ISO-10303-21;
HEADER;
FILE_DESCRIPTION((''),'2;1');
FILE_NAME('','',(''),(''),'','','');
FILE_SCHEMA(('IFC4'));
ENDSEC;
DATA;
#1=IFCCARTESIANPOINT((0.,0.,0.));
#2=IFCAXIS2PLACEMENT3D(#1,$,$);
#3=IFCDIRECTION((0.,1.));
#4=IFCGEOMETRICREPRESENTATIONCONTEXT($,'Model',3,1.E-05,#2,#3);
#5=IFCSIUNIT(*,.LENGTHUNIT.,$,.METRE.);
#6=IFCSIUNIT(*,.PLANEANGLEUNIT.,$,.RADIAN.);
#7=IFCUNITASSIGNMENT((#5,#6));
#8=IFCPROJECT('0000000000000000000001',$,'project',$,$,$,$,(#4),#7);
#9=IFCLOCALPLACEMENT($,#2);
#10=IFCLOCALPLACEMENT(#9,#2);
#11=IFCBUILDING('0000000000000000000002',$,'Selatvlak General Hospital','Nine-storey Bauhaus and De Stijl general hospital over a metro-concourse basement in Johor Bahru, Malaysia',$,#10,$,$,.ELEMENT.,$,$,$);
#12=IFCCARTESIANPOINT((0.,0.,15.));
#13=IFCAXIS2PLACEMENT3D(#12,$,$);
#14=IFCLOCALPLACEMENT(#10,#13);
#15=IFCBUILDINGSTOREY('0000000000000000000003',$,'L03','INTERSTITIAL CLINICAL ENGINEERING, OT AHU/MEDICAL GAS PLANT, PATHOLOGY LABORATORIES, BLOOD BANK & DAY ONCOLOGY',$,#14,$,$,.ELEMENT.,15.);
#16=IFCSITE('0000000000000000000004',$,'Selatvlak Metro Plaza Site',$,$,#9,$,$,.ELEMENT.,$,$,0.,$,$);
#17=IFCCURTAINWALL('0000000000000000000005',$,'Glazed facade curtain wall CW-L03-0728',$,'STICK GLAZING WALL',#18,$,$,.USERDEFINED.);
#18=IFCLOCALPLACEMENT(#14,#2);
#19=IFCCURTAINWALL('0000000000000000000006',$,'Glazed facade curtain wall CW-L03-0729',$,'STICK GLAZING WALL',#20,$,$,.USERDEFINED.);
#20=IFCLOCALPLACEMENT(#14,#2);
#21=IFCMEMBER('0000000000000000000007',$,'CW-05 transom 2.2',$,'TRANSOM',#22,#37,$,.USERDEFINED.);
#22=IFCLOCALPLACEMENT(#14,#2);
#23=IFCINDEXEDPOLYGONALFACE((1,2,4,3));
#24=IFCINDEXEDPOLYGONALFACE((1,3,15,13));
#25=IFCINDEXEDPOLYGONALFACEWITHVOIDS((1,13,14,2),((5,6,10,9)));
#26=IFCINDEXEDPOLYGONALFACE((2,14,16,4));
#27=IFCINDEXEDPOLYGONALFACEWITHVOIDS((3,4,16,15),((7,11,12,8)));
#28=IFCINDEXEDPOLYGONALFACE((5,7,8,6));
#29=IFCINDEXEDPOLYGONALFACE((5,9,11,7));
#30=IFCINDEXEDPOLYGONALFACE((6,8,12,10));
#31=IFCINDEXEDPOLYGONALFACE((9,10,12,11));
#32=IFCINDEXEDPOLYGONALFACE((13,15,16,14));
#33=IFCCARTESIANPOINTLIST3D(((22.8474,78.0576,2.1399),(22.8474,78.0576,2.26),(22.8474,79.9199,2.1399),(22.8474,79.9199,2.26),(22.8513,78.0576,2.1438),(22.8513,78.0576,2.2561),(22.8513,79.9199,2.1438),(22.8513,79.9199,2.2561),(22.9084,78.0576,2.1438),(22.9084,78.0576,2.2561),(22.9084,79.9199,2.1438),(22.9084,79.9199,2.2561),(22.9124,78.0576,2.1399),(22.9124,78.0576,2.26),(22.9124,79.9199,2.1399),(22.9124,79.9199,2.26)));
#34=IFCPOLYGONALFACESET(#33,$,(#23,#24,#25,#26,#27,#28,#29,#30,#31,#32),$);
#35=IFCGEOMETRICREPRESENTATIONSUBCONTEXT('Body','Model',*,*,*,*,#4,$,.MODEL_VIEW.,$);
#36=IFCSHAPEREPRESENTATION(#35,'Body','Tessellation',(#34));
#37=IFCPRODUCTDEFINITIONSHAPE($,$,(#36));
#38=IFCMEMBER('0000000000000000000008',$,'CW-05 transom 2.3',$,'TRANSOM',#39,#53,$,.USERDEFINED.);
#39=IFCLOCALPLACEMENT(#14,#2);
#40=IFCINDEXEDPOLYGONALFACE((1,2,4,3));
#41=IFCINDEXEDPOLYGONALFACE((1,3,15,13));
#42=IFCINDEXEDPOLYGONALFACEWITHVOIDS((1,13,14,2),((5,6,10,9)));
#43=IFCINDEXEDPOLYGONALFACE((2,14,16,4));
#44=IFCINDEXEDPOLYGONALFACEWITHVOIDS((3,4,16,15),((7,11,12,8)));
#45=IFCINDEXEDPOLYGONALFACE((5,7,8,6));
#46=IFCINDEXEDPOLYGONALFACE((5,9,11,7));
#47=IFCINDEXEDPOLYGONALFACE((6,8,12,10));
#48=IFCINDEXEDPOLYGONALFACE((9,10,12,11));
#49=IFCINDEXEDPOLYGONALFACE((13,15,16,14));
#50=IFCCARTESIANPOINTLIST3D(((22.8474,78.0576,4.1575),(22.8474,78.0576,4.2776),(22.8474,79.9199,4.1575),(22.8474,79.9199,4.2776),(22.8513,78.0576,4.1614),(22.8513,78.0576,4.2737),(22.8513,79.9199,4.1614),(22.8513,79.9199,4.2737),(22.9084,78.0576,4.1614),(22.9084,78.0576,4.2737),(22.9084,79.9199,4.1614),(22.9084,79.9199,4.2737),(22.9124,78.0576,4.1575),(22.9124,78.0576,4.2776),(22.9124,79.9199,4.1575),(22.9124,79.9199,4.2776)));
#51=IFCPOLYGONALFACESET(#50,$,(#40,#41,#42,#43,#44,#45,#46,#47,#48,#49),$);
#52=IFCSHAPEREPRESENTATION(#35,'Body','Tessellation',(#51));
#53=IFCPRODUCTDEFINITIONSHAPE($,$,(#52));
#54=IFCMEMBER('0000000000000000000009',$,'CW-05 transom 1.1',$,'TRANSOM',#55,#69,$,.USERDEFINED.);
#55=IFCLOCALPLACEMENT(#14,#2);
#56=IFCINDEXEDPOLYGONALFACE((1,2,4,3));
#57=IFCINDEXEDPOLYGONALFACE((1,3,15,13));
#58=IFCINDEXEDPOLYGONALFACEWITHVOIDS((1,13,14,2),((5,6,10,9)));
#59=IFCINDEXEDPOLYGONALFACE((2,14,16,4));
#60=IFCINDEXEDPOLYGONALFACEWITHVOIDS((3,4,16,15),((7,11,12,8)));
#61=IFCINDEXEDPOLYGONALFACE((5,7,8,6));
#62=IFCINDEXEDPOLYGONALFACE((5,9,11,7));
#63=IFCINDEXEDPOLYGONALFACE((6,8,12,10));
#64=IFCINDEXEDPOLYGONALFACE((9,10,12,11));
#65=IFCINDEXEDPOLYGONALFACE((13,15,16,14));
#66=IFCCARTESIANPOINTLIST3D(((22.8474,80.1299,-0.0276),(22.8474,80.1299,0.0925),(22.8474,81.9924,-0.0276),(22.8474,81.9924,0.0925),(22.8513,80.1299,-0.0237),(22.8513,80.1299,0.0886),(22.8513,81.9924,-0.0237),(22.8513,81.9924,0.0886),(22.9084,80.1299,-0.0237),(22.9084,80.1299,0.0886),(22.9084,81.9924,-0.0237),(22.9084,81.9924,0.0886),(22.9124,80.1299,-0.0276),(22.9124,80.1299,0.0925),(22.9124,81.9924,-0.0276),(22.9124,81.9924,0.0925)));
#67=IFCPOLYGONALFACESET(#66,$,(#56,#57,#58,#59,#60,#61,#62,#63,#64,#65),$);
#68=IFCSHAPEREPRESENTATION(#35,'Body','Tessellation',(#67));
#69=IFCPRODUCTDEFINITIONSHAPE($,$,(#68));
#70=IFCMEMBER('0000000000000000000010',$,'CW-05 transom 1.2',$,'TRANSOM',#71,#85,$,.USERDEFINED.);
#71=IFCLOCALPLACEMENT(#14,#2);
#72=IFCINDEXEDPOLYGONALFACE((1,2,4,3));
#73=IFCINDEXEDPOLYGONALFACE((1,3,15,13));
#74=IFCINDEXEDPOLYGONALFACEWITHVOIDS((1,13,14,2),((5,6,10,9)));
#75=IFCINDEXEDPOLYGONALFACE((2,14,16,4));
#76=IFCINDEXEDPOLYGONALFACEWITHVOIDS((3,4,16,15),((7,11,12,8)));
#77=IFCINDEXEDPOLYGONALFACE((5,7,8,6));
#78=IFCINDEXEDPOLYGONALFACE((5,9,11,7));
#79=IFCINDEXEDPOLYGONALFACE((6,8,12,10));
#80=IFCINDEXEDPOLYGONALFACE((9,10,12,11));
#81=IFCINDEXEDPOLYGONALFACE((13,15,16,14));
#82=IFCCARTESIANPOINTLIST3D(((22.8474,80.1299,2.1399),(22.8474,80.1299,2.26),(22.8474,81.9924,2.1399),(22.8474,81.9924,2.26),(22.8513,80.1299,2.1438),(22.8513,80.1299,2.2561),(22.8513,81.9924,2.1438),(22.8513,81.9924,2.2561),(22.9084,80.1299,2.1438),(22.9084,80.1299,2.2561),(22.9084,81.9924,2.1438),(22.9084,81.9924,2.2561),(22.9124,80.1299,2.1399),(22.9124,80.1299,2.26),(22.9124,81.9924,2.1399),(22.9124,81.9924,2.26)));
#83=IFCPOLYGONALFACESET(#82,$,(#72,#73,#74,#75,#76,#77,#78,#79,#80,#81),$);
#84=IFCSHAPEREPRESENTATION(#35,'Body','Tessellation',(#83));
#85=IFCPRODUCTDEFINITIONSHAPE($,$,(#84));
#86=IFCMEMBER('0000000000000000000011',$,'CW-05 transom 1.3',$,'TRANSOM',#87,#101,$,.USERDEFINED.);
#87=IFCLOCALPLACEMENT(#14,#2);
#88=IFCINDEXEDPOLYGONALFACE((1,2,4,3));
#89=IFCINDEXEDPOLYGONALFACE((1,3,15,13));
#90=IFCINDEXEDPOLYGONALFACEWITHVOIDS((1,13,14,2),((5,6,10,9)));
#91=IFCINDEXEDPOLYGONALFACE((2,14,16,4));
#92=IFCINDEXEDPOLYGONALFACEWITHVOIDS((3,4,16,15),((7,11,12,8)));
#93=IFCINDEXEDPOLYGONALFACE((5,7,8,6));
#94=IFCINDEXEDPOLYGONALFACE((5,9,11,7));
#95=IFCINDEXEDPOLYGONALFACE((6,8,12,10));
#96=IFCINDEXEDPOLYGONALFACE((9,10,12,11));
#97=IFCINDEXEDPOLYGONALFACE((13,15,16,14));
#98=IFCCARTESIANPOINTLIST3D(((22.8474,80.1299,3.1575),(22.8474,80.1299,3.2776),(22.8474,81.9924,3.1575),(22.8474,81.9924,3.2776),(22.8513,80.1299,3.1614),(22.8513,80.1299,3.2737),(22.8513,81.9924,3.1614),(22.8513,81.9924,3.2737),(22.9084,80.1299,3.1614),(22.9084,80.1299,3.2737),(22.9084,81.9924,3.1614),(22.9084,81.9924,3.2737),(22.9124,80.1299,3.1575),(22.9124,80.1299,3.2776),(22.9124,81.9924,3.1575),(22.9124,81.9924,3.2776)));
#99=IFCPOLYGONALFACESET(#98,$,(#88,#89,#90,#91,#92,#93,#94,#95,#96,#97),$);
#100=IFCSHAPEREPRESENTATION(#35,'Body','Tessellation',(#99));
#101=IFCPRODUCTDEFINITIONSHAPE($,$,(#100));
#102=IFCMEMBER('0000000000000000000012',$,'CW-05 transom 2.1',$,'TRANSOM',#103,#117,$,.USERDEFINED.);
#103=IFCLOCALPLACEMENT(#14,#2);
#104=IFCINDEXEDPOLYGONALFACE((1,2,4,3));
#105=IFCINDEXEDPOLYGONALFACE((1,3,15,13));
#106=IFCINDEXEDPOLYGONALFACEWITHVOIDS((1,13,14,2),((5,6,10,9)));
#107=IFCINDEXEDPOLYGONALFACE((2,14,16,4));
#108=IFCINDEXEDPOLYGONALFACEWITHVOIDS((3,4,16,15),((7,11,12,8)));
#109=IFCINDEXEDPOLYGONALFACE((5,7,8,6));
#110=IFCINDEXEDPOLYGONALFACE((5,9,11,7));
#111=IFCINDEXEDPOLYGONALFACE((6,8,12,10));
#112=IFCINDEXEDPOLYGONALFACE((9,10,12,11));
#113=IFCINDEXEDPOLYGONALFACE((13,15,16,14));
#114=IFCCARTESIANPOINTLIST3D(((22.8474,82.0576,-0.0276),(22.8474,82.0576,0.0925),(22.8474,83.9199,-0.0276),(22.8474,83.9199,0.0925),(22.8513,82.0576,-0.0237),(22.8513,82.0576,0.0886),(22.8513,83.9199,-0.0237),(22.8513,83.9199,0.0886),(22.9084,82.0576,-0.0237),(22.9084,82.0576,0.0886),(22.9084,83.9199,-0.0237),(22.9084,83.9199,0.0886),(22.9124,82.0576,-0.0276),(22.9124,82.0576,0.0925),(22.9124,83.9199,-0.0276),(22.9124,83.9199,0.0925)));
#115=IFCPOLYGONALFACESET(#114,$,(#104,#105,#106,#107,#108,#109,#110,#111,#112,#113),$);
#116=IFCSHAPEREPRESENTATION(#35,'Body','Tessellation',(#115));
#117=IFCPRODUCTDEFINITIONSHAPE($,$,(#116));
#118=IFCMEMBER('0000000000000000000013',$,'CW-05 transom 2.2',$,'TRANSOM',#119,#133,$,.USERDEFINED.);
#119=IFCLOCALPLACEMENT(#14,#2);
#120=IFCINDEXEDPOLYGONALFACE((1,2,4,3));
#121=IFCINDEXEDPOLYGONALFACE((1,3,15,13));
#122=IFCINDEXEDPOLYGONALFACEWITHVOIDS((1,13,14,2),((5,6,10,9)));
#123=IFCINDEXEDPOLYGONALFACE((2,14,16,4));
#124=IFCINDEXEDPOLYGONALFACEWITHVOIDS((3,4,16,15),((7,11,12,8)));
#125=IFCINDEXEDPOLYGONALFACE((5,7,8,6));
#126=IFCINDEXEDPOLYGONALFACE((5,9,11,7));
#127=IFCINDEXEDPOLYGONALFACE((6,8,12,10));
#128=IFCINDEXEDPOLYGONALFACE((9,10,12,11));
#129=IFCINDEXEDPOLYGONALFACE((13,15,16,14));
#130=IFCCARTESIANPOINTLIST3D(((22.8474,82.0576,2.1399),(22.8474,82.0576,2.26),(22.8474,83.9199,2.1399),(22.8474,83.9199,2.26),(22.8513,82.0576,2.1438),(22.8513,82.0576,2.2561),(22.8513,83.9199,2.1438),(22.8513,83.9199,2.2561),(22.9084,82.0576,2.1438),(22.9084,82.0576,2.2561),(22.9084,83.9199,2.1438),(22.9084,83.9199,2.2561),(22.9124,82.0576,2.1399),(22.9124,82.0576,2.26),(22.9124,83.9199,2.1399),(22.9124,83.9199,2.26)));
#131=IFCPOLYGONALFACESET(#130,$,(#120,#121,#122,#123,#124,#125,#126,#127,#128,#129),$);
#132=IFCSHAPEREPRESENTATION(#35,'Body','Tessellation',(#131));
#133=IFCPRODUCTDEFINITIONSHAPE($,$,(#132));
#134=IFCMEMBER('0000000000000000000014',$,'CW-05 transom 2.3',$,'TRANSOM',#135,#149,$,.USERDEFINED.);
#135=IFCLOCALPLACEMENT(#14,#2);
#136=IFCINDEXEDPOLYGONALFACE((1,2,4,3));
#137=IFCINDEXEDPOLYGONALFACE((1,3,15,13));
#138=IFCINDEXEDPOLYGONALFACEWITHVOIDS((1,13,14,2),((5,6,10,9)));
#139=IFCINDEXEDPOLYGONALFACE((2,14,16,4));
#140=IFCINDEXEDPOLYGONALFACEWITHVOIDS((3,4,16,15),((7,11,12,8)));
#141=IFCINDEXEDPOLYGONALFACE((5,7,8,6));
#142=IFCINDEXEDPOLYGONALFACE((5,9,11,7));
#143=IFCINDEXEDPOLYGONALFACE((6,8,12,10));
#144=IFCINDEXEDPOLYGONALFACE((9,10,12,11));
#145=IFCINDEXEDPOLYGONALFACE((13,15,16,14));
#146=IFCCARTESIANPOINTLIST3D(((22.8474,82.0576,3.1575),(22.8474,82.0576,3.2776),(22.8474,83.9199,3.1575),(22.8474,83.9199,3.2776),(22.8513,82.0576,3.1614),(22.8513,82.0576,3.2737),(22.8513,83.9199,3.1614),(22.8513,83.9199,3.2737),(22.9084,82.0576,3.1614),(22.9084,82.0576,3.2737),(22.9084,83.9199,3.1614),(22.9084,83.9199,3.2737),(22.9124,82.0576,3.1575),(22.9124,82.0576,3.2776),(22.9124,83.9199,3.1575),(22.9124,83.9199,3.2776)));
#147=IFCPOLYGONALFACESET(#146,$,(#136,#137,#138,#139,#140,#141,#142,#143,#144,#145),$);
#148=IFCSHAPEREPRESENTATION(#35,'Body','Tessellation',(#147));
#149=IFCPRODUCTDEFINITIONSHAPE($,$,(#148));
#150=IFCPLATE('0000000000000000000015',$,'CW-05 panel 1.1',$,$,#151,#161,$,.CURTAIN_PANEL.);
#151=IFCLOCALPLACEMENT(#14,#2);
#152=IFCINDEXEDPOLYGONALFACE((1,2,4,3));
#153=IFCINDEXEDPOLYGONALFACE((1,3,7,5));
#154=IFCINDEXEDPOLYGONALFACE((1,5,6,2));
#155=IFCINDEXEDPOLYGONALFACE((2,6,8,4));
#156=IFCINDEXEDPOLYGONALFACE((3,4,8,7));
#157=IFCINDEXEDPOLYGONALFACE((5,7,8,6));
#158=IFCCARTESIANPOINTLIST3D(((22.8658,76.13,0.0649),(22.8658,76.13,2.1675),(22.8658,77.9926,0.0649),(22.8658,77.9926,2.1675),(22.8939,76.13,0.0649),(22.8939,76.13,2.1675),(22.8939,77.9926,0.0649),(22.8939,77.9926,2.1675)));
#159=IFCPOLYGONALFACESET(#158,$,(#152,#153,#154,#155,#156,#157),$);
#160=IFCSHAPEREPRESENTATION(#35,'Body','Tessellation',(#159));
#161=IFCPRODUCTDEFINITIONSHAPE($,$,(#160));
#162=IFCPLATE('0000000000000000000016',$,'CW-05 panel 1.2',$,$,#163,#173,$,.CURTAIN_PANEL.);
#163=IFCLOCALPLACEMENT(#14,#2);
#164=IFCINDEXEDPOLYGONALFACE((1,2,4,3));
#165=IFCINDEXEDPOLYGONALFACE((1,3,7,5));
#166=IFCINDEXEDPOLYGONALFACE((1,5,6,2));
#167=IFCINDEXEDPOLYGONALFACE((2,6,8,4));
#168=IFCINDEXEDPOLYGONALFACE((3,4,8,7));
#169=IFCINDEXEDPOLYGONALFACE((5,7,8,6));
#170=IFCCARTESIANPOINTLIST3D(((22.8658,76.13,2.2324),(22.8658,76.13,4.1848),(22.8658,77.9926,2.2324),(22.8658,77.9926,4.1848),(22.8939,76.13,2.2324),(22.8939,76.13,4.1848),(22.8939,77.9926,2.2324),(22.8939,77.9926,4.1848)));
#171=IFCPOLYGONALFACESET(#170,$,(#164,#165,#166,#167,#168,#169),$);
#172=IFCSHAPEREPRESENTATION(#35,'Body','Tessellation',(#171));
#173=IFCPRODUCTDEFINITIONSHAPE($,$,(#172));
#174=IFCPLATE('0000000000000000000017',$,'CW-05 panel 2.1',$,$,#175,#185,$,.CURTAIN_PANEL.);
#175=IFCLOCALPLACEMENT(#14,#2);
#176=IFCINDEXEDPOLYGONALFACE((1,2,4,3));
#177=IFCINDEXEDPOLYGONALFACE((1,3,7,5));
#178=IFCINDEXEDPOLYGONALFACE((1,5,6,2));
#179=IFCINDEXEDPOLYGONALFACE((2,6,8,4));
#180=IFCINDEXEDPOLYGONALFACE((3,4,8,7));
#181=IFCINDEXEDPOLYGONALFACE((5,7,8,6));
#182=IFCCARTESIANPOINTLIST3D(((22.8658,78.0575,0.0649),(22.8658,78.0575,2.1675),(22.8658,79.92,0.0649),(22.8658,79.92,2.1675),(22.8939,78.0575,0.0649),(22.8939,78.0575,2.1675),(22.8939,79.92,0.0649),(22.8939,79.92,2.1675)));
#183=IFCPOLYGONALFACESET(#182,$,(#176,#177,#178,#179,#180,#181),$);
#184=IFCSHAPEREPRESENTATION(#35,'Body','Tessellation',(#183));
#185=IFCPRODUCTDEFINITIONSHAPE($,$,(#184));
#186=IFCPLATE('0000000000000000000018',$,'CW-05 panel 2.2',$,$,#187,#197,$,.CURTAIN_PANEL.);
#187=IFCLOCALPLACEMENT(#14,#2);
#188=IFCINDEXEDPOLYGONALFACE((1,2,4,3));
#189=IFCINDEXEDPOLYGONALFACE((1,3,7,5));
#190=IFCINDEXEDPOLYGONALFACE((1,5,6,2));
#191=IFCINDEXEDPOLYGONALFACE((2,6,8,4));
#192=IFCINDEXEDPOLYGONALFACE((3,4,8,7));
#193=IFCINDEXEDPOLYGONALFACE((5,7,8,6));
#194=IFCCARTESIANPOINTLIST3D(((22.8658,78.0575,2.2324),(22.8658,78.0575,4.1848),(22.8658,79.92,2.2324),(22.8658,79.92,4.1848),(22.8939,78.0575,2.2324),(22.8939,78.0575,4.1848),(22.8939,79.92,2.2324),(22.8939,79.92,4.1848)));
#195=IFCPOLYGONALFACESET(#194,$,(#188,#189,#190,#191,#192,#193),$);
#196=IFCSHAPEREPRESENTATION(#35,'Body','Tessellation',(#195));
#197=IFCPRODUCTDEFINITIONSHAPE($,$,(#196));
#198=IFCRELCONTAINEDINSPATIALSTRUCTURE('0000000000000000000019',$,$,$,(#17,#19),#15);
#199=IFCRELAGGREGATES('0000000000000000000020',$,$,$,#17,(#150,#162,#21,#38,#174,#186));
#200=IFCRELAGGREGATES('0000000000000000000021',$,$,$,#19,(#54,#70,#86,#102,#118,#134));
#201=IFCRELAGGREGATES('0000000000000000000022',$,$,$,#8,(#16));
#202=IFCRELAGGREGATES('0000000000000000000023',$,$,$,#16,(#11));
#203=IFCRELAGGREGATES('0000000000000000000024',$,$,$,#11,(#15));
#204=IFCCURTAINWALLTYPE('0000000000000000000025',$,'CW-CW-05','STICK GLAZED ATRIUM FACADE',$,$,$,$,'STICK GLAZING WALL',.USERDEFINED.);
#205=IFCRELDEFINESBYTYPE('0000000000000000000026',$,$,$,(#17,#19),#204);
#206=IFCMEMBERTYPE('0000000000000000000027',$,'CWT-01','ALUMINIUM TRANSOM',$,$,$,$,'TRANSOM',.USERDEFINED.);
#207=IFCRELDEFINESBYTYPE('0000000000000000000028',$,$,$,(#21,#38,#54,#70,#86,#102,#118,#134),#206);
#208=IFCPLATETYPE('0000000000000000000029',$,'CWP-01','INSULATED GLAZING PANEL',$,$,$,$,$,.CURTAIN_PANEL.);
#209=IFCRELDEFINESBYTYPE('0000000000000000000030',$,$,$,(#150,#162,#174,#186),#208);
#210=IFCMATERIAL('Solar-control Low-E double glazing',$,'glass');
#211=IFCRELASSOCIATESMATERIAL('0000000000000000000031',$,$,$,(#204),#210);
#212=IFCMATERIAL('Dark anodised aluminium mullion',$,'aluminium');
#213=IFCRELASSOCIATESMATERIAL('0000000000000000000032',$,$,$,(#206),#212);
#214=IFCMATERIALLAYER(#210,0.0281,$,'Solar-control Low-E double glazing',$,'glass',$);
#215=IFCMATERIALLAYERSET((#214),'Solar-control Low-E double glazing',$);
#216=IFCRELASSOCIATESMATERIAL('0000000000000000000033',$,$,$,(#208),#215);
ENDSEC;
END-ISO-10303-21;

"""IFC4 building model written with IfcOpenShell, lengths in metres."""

from ifc_helpers import new_model, si_unit, direction, frame, origin, origin_2d, place, context, subcontext, project, spatial, rectangle, hollow_rectangle, extrude, material, layer, layer_set, material_profile, profile_set, type_object, element, aggregate, save


model = new_model("IFC4")

# Units and contexts
model_context = context("Model", 3, precision=1e-05, world=origin(), true_north=direction((0.0, 1.0)))
body_context = subcontext(model_context, "Body", "Model", "MODEL_VIEW")
ifc_project = project(units=[si_unit("LENGTHUNIT", "METRE"), si_unit("PLANEANGLEUNIT", "RADIAN")], contexts=[model_context])

# Site, building, storey
site_placement = place(None, origin())
site = spatial("IfcSite", under=ifc_project, at=site_placement, Name="Selatvlak Metro Plaza Site", CompositionType="ELEMENT", RefElevation=0.0)
building_placement = place(site_placement, origin())
building = spatial("IfcBuilding", under=site, at=building_placement, Name="Selatvlak General Hospital", Description="Nine-storey Bauhaus and De Stijl general hospital over a metro-concourse basement in Johor Bahru, Malaysia", CompositionType="ELEMENT")
storey_placement = place(building_placement, frame((0.0, 0.0, 15.0)))
storey = spatial("IfcBuildingStorey", under=building, at=storey_placement, Name="L03", Description="INTERSTITIAL CLINICAL ENGINEERING, OT AHU/MEDICAL GAS PLANT, PATHOLOGY LABORATORIES, BLOOD BANK & DAY ONCOLOGY", CompositionType="ELEMENT", Elevation=15.0)

# Shared definitions
ifc_material_1 = material(Name="Solar-control Low-E double glazing", Category="glass")
curtain_wall_type = type_object("IfcCurtainWallType", Name="CW-CW-05", Description="STICK GLAZED ATRIUM FACADE", ElementType="STICK GLAZING WALL", PredefinedType="USERDEFINED", material=ifc_material_1)
ifc_material_2 = material(Name="Dark anodised aluminium mullion", Category="aluminium")

# Curtain walls
curtain_wall_1_placement = place(storey_placement, origin())
curtain_wall_1 = element("IfcCurtainWall", 1, at=curtain_wall_1_placement, inside=storey, type_object=curtain_wall_type, Name="Glazed facade curtain wall CW-L03-0728", ObjectType="STICK GLAZING WALL", PredefinedType="USERDEFINED")
curtain_wall_2_placement = place(storey_placement, origin())
curtain_wall_2 = element("IfcCurtainWall", 2, at=curtain_wall_2_placement, inside=storey, type_object=curtain_wall_type, Name="Glazed facade curtain wall CW-L03-0729", ObjectType="STICK GLAZING WALL", PredefinedType="USERDEFINED")

# Members
ifc_material_profile_1 = material_profile(ifc_material_2, hollow_rectangle(XDim=0.0649, YDim=0.1201, WallThickness=0.0039, at=origin_2d()), Name="AL-TRN 65x120x4")
ifc_profile_set_1 = profile_set([ifc_material_profile_1], Name="Dark anodised aluminium mullion")
member_type_1 = type_object("IfcMemberType", Name="CWT-01", Description="ALUMINIUM TRANSOM", ElementType="TRANSOM", PredefinedType="USERDEFINED", material=ifc_profile_set_1)
member_1_placement = place(storey_placement, frame((22.8799, 78.0576, 2.2), z_axis=(0.0, 1.0, 0.0), x_axis=(-1.0, 0.0, 0.0)))
member_1 = element("IfcMember", 3, at=member_1_placement, type_object=member_type_1, Name="CW-05 transom 2.2", ObjectType="TRANSOM", PredefinedType="USERDEFINED", context=body_context, shape_type="SweptSolid", body=[
    extrude(hollow_rectangle(XDim=0.0649, YDim=0.1201, WallThickness=0.0039, at=origin_2d()), origin(), (0.0, 0.0, 1.0), 1.8623),
])
member_2_placement = place(storey_placement, frame((22.8799, 78.0576, 4.2175), z_axis=(0.0, 1.0, 0.0), x_axis=(-1.0, 0.0, 0.0)))
member_2 = element("IfcMember", 4, at=member_2_placement, type_object=member_type_1, Name="CW-05 transom 2.3", ObjectType="TRANSOM", PredefinedType="USERDEFINED", context=body_context, shape_type="SweptSolid", body=[
    extrude(hollow_rectangle(XDim=0.0649, YDim=0.1201, WallThickness=0.0039, at=origin_2d()), origin(), (0.0, 0.0, 1.0), 1.8623),
])
member_3_placement = place(storey_placement, frame((22.8799, 80.1299, 0.0325), z_axis=(0.0, 1.0, 0.0), x_axis=(-1.0, 0.0, 0.0)))
member_3 = element("IfcMember", 5, at=member_3_placement, type_object=member_type_1, Name="CW-05 transom 1.1", ObjectType="TRANSOM", PredefinedType="USERDEFINED", context=body_context, shape_type="SweptSolid", body=[
    extrude(hollow_rectangle(XDim=0.0649, YDim=0.1201, WallThickness=0.0039, at=origin_2d()), origin(), (0.0, 0.0, 1.0), 1.8625),
])
member_4_placement = place(storey_placement, frame((22.8799, 80.1299, 2.2), z_axis=(0.0, 1.0, 0.0), x_axis=(-1.0, 0.0, 0.0)))
member_4 = element("IfcMember", 6, at=member_4_placement, type_object=member_type_1, Name="CW-05 transom 1.2", ObjectType="TRANSOM", PredefinedType="USERDEFINED", context=body_context, shape_type="SweptSolid", body=[
    extrude(hollow_rectangle(XDim=0.0649, YDim=0.1201, WallThickness=0.0039, at=origin_2d()), origin(), (0.0, 0.0, 1.0), 1.8625),
])
member_5_placement = place(storey_placement, frame((22.8799, 80.1299, 3.2175), z_axis=(0.0, 1.0, 0.0), x_axis=(-1.0, 0.0, 0.0)))
member_5 = element("IfcMember", 7, at=member_5_placement, type_object=member_type_1, Name="CW-05 transom 1.3", ObjectType="TRANSOM", PredefinedType="USERDEFINED", context=body_context, shape_type="SweptSolid", body=[
    extrude(hollow_rectangle(XDim=0.0649, YDim=0.1201, WallThickness=0.0039, at=origin_2d()), origin(), (0.0, 0.0, 1.0), 1.8625),
])
member_6_placement = place(storey_placement, frame((22.8799, 82.0576, 0.0325), z_axis=(0.0, 1.0, 0.0), x_axis=(-1.0, 0.0, 0.0)))
member_6 = element("IfcMember", 8, at=member_6_placement, type_object=member_type_1, Name="CW-05 transom 2.1", ObjectType="TRANSOM", PredefinedType="USERDEFINED", context=body_context, shape_type="SweptSolid", body=[
    extrude(hollow_rectangle(XDim=0.0649, YDim=0.1201, WallThickness=0.0039, at=origin_2d()), origin(), (0.0, 0.0, 1.0), 1.8623),
])
member_7_placement = place(storey_placement, frame((22.8799, 82.0576, 2.2), z_axis=(0.0, 1.0, 0.0), x_axis=(-1.0, 0.0, 0.0)))
member_7 = element("IfcMember", 9, at=member_7_placement, type_object=member_type_1, Name="CW-05 transom 2.2", ObjectType="TRANSOM", PredefinedType="USERDEFINED", context=body_context, shape_type="SweptSolid", body=[
    extrude(hollow_rectangle(XDim=0.0649, YDim=0.1201, WallThickness=0.0039, at=origin_2d()), origin(), (0.0, 0.0, 1.0), 1.8623),
])
member_8_placement = place(storey_placement, frame((22.8799, 82.0576, 3.2175), z_axis=(0.0, 1.0, 0.0), x_axis=(-1.0, 0.0, 0.0)))
member_8 = element("IfcMember", 10, at=member_8_placement, type_object=member_type_1, Name="CW-05 transom 2.3", ObjectType="TRANSOM", PredefinedType="USERDEFINED", context=body_context, shape_type="SweptSolid", body=[
    extrude(hollow_rectangle(XDim=0.0649, YDim=0.1201, WallThickness=0.0039, at=origin_2d()), origin(), (0.0, 0.0, 1.0), 1.8623),
])

# Plates
ifc_layer = layer(ifc_material_1, 0.0281, Name="Solar-control Low-E double glazing", Category="glass")
ifc_layer_set = layer_set([ifc_layer], Name="Solar-control Low-E double glazing")
plate_type = type_object("IfcPlateType", Name="CWP-01", Description="INSULATED GLAZING PANEL", PredefinedType="CURTAIN_PANEL", material=ifc_layer_set)
plate_1_placement = place(storey_placement, frame((22.8799, 77.0613, 0.0649), z_axis=(0.0, 0.0, 1.0), x_axis=(0.0, 1.0, 0.0)))
plate_1 = element("IfcPlate", 11, at=plate_1_placement, type_object=plate_type, Name="CW-05 panel 1.1", PredefinedType="CURTAIN_PANEL", context=body_context, shape_type="SweptSolid", body=[
    extrude(rectangle(XDim=1.8625, YDim=0.0281, at=origin_2d()), origin(), (0.0, 0.0, 1.0), 2.1025),
])
plate_2_placement = place(storey_placement, frame((22.8799, 77.0613, 2.2324), z_axis=(0.0, 0.0, 1.0), x_axis=(0.0, 1.0, 0.0)))
plate_2 = element("IfcPlate", 12, at=plate_2_placement, type_object=plate_type, Name="CW-05 panel 1.2", PredefinedType="CURTAIN_PANEL", context=body_context, shape_type="SweptSolid", body=[
    extrude(rectangle(XDim=1.8625, YDim=0.0281, at=origin_2d()), origin(), (0.0, 0.0, 1.0), 1.9524),
])
plate_3_placement = place(storey_placement, frame((22.8799, 78.9888, 0.0649), z_axis=(0.0, 0.0, 1.0), x_axis=(0.0, 1.0, 0.0)))
plate_3 = element("IfcPlate", 13, at=plate_3_placement, type_object=plate_type, Name="CW-05 panel 2.1", PredefinedType="CURTAIN_PANEL", context=body_context, shape_type="SweptSolid", body=[
    extrude(rectangle(XDim=1.8625, YDim=0.0281, at=origin_2d()), origin(), (0.0, 0.0, 1.0), 2.1025),
])
plate_4_placement = place(storey_placement, frame((22.8799, 78.9888, 2.2324), z_axis=(0.0, 0.0, 1.0), x_axis=(0.0, 1.0, 0.0)))
plate_4 = element("IfcPlate", 14, at=plate_4_placement, type_object=plate_type, Name="CW-05 panel 2.2", PredefinedType="CURTAIN_PANEL", context=body_context, shape_type="SweptSolid", body=[
    extrude(rectangle(XDim=1.8625, YDim=0.0281, at=origin_2d()), origin(), (0.0, 0.0, 1.0), 1.9524),
])
aggregate(curtain_wall_1, [plate_1, plate_2, member_1, member_2, plate_3, plate_4])
aggregate(curtain_wall_2, [member_3, member_4, member_5, member_6, member_7, member_8])

save(model, "model.ifc")
